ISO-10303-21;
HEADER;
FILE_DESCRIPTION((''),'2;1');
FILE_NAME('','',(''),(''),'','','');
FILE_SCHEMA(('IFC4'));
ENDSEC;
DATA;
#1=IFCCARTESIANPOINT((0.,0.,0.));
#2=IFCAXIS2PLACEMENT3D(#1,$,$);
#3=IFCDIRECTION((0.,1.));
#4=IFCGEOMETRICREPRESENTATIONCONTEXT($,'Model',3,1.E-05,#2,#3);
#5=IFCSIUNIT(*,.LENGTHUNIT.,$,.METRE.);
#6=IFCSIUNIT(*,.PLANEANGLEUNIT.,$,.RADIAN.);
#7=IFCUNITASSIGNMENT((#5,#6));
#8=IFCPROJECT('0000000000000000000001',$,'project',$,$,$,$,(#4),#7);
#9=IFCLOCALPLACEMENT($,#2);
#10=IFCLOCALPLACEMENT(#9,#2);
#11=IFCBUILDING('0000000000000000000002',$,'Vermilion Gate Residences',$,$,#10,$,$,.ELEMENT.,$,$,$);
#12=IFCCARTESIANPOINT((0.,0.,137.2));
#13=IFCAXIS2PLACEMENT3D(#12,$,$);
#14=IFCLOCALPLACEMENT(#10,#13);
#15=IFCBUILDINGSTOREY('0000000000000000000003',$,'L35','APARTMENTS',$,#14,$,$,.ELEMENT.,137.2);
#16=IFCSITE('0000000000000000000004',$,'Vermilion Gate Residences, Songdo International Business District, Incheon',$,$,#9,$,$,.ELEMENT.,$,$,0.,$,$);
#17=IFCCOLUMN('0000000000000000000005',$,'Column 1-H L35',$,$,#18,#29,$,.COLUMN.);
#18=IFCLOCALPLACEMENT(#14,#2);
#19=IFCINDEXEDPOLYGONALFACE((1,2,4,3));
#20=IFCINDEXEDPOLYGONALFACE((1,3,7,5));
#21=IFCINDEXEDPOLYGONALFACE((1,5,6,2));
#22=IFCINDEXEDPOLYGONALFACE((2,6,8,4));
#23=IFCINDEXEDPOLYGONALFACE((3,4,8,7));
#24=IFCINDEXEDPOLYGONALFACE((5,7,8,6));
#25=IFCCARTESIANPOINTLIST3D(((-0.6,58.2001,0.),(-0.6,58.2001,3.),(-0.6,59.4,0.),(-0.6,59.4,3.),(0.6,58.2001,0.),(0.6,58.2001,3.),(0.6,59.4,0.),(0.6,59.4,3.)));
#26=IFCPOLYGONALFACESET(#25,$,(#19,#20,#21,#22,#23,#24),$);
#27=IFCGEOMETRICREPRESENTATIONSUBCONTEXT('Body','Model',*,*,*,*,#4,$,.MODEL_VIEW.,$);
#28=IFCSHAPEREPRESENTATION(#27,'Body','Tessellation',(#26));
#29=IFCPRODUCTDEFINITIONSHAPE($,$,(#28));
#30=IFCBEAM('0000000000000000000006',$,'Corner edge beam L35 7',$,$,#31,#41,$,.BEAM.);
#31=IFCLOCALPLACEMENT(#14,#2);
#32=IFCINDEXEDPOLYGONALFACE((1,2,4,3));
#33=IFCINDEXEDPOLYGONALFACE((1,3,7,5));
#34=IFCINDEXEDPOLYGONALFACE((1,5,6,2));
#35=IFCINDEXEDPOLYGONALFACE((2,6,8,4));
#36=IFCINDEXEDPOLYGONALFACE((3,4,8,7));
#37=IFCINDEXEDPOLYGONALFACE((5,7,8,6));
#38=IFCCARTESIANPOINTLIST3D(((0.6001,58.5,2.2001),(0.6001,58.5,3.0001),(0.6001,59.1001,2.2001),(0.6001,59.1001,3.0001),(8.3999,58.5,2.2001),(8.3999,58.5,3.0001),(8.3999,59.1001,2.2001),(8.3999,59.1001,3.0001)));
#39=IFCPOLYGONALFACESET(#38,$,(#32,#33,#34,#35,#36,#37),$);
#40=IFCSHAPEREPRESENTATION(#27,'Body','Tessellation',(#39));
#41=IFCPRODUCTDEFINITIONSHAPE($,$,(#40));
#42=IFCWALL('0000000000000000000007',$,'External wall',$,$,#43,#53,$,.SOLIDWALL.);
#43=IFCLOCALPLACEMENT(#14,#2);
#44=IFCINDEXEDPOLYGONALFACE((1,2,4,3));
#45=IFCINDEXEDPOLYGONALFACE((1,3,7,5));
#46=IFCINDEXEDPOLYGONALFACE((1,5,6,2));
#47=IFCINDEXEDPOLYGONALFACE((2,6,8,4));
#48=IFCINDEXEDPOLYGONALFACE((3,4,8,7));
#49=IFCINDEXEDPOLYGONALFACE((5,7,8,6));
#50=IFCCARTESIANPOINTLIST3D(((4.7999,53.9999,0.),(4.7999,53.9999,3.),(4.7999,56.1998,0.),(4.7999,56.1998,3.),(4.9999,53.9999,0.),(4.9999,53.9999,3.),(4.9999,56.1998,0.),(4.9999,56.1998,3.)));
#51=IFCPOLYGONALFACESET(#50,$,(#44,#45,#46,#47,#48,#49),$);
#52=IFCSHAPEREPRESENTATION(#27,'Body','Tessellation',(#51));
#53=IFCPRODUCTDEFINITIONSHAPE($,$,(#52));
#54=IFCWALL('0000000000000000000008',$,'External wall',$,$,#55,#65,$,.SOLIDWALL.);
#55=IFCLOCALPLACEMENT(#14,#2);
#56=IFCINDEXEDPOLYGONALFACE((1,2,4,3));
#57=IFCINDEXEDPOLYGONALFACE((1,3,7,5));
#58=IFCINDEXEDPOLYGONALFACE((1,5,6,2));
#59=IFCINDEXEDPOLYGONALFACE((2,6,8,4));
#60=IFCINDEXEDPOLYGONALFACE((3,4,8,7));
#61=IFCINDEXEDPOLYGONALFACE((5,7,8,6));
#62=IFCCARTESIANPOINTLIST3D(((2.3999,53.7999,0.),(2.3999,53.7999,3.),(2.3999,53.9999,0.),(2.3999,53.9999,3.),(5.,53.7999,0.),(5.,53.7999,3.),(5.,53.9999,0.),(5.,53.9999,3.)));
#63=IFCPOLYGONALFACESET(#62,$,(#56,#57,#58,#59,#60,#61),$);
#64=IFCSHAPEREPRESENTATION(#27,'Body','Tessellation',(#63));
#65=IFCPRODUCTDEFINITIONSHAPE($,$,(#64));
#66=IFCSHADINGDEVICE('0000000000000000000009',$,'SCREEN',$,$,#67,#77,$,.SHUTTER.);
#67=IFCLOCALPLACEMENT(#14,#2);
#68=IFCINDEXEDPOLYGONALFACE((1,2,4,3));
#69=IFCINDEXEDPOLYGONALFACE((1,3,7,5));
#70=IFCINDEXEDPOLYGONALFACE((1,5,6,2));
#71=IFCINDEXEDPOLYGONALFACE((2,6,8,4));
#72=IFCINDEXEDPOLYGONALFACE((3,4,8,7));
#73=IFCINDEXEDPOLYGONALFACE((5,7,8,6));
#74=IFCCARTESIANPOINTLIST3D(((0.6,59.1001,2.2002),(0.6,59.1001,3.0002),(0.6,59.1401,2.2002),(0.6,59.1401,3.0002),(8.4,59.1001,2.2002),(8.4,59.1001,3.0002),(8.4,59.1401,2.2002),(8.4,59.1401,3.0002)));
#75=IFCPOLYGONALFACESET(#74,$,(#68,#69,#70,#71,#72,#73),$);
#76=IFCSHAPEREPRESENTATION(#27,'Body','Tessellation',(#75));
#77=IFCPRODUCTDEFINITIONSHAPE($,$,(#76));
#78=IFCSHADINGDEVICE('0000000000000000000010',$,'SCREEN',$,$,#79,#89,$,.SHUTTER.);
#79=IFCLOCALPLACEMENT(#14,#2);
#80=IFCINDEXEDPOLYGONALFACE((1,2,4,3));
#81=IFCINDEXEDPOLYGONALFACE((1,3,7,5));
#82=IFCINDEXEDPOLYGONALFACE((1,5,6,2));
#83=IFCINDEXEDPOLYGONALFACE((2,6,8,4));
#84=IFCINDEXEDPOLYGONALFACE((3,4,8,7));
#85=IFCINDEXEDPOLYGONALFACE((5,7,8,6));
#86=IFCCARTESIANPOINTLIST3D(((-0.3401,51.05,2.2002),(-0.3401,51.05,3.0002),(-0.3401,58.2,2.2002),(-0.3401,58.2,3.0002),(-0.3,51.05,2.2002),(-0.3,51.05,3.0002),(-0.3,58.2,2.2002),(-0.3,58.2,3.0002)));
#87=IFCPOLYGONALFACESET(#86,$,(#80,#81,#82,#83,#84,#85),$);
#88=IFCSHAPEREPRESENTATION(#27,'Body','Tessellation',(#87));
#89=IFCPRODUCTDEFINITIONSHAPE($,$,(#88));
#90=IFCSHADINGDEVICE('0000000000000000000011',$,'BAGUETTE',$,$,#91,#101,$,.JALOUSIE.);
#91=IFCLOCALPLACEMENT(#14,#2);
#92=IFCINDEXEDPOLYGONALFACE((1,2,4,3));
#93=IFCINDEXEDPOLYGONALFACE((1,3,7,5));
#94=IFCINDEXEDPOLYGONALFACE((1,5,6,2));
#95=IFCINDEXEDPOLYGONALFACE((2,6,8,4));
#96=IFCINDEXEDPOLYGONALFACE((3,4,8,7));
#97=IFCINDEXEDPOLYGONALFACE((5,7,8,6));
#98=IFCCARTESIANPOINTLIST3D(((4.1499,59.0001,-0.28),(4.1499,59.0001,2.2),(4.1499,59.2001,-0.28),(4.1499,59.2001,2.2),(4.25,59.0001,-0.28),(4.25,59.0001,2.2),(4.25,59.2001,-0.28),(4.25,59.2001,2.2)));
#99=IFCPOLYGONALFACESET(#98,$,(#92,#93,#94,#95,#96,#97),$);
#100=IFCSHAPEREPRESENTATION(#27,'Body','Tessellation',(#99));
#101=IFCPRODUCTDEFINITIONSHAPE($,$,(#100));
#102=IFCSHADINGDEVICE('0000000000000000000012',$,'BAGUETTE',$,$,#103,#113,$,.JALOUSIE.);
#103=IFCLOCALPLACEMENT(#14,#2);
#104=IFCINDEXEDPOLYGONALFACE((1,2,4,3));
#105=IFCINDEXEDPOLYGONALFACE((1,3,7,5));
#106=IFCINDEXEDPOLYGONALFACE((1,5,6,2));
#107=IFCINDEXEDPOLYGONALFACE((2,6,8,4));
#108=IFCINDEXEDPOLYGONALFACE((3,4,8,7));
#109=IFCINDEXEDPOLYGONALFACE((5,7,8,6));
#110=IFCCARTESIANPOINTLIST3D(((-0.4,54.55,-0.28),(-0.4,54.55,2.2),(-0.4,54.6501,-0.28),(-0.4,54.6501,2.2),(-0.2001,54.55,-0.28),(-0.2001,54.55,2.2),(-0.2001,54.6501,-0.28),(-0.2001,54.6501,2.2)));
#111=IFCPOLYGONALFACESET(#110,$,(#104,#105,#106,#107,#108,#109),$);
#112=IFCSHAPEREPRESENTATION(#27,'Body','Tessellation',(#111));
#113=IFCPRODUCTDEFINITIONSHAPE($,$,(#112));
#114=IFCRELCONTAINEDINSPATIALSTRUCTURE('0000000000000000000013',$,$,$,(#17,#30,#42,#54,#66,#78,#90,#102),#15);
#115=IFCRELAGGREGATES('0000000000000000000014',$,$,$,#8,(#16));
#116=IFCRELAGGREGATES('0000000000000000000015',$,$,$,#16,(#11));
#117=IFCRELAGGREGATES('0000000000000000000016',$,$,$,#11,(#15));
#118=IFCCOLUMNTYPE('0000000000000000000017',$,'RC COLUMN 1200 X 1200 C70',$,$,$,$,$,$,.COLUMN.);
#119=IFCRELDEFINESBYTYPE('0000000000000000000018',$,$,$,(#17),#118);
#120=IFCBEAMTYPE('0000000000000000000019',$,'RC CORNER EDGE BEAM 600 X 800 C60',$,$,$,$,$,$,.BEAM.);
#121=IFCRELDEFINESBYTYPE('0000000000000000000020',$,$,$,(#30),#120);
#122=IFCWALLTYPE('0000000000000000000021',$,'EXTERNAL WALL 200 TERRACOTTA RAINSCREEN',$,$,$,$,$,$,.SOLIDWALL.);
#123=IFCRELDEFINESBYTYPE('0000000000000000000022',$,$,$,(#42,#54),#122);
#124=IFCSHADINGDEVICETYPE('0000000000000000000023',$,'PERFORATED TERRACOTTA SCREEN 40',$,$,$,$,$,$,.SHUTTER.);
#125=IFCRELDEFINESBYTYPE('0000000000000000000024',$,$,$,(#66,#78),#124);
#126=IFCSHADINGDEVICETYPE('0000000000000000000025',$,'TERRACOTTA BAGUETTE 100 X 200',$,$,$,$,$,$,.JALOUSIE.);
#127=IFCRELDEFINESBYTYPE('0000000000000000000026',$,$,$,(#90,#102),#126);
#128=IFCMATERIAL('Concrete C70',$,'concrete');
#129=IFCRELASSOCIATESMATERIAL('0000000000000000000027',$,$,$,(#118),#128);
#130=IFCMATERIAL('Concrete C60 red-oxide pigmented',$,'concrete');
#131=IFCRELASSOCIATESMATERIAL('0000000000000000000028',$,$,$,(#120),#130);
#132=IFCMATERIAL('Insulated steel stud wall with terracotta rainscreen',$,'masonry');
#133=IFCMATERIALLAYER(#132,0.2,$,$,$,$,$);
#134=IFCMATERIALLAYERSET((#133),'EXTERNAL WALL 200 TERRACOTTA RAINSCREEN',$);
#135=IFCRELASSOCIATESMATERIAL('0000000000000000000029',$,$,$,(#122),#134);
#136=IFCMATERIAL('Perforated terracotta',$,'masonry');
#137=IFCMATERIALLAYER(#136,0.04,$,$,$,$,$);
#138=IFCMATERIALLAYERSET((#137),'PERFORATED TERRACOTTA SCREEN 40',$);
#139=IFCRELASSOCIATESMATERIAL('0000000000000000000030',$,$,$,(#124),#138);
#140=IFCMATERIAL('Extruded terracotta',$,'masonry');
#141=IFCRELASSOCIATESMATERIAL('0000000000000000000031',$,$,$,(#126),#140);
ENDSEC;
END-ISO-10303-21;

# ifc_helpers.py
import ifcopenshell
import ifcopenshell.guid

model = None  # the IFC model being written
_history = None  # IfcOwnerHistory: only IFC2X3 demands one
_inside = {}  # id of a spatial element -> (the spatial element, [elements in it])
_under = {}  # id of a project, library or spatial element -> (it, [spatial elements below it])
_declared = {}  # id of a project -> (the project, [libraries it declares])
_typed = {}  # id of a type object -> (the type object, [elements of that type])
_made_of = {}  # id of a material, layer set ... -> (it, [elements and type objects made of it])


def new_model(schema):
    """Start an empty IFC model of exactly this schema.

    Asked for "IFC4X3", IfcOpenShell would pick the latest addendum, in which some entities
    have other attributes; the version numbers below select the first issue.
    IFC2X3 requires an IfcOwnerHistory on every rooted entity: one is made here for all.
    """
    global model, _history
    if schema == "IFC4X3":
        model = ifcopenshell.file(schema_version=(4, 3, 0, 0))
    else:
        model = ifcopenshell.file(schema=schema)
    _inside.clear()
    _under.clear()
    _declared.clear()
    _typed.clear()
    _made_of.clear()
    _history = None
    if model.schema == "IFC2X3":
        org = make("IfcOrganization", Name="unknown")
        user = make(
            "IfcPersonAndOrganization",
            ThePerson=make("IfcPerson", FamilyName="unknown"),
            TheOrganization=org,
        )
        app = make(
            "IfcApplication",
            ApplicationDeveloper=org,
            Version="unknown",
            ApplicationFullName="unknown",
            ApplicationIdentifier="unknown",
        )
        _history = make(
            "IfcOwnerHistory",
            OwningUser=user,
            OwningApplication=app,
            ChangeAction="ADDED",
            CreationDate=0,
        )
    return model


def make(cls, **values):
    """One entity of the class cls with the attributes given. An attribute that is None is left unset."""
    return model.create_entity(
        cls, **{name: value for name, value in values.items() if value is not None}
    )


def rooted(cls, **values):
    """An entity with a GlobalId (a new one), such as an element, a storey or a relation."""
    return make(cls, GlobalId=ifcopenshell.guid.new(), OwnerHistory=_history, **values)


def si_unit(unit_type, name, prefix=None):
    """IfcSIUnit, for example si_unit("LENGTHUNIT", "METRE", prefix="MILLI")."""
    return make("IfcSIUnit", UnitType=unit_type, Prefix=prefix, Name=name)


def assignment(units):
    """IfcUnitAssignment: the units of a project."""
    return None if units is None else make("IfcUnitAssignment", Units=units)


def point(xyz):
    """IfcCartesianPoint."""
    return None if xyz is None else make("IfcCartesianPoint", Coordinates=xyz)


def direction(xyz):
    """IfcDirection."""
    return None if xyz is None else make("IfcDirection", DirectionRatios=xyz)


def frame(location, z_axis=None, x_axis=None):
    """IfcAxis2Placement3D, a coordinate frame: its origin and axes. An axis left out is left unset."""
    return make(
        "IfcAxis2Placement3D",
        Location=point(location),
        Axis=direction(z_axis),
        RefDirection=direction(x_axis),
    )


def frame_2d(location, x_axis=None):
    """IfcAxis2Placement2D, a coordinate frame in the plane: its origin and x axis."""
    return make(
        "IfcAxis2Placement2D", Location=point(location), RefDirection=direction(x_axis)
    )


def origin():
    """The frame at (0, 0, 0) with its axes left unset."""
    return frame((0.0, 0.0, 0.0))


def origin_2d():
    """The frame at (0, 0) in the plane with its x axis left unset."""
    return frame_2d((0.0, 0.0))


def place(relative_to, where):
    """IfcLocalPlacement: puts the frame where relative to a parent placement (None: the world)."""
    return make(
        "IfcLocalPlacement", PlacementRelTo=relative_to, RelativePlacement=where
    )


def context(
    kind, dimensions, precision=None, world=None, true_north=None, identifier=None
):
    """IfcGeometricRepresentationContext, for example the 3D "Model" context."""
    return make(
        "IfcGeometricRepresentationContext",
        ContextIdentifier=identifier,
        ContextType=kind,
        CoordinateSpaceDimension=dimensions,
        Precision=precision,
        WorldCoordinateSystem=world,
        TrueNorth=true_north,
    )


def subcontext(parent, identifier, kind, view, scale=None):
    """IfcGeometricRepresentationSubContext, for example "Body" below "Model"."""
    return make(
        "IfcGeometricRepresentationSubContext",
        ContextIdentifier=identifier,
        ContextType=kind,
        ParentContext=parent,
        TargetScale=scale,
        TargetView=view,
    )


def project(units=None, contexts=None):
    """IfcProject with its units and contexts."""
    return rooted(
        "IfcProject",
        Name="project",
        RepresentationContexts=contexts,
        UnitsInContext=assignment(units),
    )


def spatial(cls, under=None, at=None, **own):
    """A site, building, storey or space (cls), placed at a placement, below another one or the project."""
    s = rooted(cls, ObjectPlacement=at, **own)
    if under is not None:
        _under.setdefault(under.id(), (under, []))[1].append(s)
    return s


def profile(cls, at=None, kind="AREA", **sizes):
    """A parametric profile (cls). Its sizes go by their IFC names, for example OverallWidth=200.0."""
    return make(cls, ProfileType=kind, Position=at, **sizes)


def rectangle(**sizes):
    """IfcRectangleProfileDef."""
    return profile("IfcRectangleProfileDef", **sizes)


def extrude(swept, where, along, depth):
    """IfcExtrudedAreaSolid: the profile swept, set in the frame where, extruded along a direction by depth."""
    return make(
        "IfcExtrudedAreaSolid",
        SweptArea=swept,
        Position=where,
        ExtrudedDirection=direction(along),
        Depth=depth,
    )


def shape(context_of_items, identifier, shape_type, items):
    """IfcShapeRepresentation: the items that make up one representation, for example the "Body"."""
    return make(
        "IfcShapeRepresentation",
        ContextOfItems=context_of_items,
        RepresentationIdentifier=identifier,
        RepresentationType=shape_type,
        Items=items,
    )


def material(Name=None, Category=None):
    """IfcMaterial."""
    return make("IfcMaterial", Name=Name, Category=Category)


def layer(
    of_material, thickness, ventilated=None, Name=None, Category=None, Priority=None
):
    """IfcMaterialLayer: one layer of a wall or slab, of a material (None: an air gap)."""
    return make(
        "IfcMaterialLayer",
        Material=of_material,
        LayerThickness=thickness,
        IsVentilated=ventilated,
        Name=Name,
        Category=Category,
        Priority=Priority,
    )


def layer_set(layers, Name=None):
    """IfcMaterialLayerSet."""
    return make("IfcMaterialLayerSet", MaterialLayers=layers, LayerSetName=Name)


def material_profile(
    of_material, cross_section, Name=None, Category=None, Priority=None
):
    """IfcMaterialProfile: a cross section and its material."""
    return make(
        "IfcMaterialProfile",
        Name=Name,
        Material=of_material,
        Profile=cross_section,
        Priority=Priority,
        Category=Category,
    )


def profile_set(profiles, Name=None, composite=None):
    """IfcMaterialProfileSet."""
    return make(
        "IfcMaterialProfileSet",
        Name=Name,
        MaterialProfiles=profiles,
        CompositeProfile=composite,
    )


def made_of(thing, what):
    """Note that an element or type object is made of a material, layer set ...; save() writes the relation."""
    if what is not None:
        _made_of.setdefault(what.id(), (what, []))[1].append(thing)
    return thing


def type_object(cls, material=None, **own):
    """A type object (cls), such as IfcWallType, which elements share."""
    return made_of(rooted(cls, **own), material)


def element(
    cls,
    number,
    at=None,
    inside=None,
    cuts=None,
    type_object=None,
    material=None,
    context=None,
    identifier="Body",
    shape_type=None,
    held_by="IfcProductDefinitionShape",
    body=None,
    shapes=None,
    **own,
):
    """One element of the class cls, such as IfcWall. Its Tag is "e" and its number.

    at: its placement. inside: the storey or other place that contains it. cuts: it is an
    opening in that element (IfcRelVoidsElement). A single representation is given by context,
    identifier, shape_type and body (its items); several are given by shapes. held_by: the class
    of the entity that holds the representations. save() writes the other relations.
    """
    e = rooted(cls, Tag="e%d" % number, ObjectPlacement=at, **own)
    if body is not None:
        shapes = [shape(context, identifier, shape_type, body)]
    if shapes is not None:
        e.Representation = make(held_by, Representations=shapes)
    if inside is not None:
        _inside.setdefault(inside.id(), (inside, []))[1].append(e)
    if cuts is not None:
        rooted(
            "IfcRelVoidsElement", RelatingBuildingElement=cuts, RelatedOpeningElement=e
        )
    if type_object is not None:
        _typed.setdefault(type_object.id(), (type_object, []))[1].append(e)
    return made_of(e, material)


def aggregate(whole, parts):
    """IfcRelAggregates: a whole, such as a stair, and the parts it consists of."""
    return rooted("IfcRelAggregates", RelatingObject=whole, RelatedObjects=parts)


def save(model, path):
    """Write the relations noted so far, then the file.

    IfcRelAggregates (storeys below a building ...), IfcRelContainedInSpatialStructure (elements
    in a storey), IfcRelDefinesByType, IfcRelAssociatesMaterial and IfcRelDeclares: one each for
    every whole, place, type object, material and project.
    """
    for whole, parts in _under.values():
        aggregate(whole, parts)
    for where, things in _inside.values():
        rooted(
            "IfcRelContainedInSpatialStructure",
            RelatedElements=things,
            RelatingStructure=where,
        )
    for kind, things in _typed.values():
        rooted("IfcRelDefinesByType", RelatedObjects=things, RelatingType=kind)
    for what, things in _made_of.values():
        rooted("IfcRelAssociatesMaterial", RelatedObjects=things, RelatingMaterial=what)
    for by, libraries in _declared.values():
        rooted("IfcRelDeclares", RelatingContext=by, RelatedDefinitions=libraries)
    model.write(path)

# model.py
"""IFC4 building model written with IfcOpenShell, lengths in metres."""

from ifc_helpers import new_model, si_unit, direction, frame, frame_2d, origin, origin_2d, place, context, subcontext, project, spatial, rectangle, extrude, material, layer, layer_set, material_profile, profile_set, type_object, element, save


model = new_model("IFC4")

# Units and contexts
model_context = context("Model", 3, precision=1e-05, world=origin(), true_north=direction((0.0, 1.0)))
body_context = subcontext(model_context, "Body", "Model", "MODEL_VIEW")
ifc_project = project(units=[si_unit("LENGTHUNIT", "METRE"), si_unit("PLANEANGLEUNIT", "RADIAN")], contexts=[model_context])

# Site, building, storey
site_placement = place(None, origin())
site = spatial("IfcSite", under=ifc_project, at=site_placement, Name="Vermilion Gate Residences, Songdo International Business District, Incheon", CompositionType="ELEMENT", RefElevation=0.0)
building_placement = place(site_placement, origin())
building = spatial("IfcBuilding", under=site, at=building_placement, Name="Vermilion Gate Residences", CompositionType="ELEMENT")
storey_placement = place(building_placement, frame((0.0, 0.0, 137.2)))
storey = spatial("IfcBuildingStorey", under=building, at=storey_placement, Name="L35", Description="APARTMENTS", CompositionType="ELEMENT", Elevation=137.2)

# Column
ifc_material_1 = material(Name="Concrete C70", Category="concrete")
ifc_material_profile_1 = material_profile(ifc_material_1, rectangle(XDim=1.2, YDim=1.2, at=origin_2d()), Name="RC-1200x1200")
ifc_profile_set_1 = profile_set([ifc_material_profile_1], Name="Concrete C70")
column_type = type_object("IfcColumnType", Name="RC COLUMN 1200 X 1200 C70", PredefinedType="COLUMN", material=ifc_profile_set_1)
column_placement = place(storey_placement, frame((0.0, 58.8, 0.0), z_axis=(0.0, 0.0, 1.0), x_axis=(1.0, 0.0, 0.0)))
element("IfcColumn", 1, at=column_placement, inside=storey, type_object=column_type, Name="Column 1-H L35", PredefinedType="COLUMN", context=body_context, shape_type="SweptSolid", body=[
    extrude(rectangle(XDim=1.2, YDim=1.2, at=origin_2d()), origin(), (0.0, 0.0, 1.0), 3.0),
])

# Beam
ifc_material_2 = material(Name="Concrete C60 red-oxide pigmented", Category="concrete")
ifc_material_profile_2 = material_profile(ifc_material_2, rectangle(XDim=0.6001, YDim=0.8, at=origin_2d()), Name="RC-600x800")
ifc_profile_set_2 = profile_set([ifc_material_profile_2], Name="Concrete C60 red-oxide pigmented")
beam_type = type_object("IfcBeamType", Name="RC CORNER EDGE BEAM 600 X 800 C60", PredefinedType="BEAM", material=ifc_profile_set_2)
beam_placement = place(storey_placement, frame((0.6001, 58.8, 2.6001), z_axis=(1.0, 0.0, 0.0), x_axis=(0.0, 1.0, 0.0)))
element("IfcBeam", 2, at=beam_placement, inside=storey, type_object=beam_type, Name="Corner edge beam L35 7", PredefinedType="BEAM", context=body_context, shape_type="SweptSolid", body=[
    extrude(rectangle(XDim=0.6001, YDim=0.8, at=origin_2d()), origin(), (0.0, 0.0, 1.0), 7.7998),
])

# Walls
ifc_material_3 = material(Name="Insulated steel stud wall with terracotta rainscreen", Category="masonry")
ifc_layer_1 = layer(ifc_material_3, 0.2)
ifc_layer_set_1 = layer_set([ifc_layer_1], Name="EXTERNAL WALL 200 TERRACOTTA RAINSCREEN")
wall_type = type_object("IfcWallType", Name="EXTERNAL WALL 200 TERRACOTTA RAINSCREEN", PredefinedType="SOLIDWALL", material=ifc_layer_set_1)
wall_1_placement = place(storey_placement, frame((4.8999, 56.2, 0.0), z_axis=(0.0, 0.0, 1.0), x_axis=(0.0, -1.0, 0.0)))
element("IfcWall", 3, at=wall_1_placement, inside=storey, type_object=wall_type, Name="External wall", PredefinedType="SOLIDWALL", context=body_context, shape_type="SweptSolid", body=[
    extrude(rectangle(XDim=2.2, YDim=0.2, at=frame_2d((1.1001, 0.0))), origin(), (0.0, 0.0, 1.0), 3.0),
])
wall_2_placement = place(storey_placement, frame((5.0, 53.8999, 0.0), z_axis=(0.0, 0.0, 1.0), x_axis=(-1.0, 0.0, 0.0)))
element("IfcWall", 4, at=wall_2_placement, inside=storey, type_object=wall_type, Name="External wall", PredefinedType="SOLIDWALL", context=body_context, shape_type="SweptSolid", body=[
    extrude(rectangle(XDim=2.6001, YDim=0.2, at=frame_2d((1.3, 0.0))), origin(), (0.0, 0.0, 1.0), 3.0),
])

# Shading devices
ifc_material_4 = material(Name="Perforated terracotta", Category="masonry")
ifc_layer_2 = layer(ifc_material_4, 0.04)
ifc_layer_set_2 = layer_set([ifc_layer_2], Name="PERFORATED TERRACOTTA SCREEN 40")
shading_device_type_1 = type_object("IfcShadingDeviceType", Name="PERFORATED TERRACOTTA SCREEN 40", PredefinedType="SHUTTER", material=ifc_layer_set_2)
shading_device_1_placement = place(storey_placement, frame((4.5, 59.1201, 2.2002), z_axis=(0.0, 0.0, 1.0), x_axis=(-1.0, 0.0, 0.0)))
element("IfcShadingDevice", 5, at=shading_device_1_placement, inside=storey, type_object=shading_device_type_1, Name="SCREEN", PredefinedType="SHUTTER", context=body_context, shape_type="SweptSolid", body=[
    extrude(rectangle(XDim=7.8, YDim=0.04, at=origin_2d()), origin(), (0.0, 0.0, 1.0), 0.8),
])
shading_device_2_placement = place(storey_placement, frame((-0.3201, 54.625, 2.2002), z_axis=(0.0, 0.0, 1.0), x_axis=(0.0, -1.0, 0.0)))
element("IfcShadingDevice", 6, at=shading_device_2_placement, inside=storey, type_object=shading_device_type_1, Name="SCREEN", PredefinedType="SHUTTER", context=body_context, shape_type="SweptSolid", body=[
    extrude(rectangle(XDim=7.1499, YDim=0.04, at=origin_2d()), origin(), (0.0, 0.0, 1.0), 0.8),
])
ifc_material_5 = material(Name="Extruded terracotta", Category="masonry")
ifc_material_profile_3 = material_profile(ifc_material_5, rectangle(XDim=0.2, YDim=0.1001, at=origin_2d()), Name="BAGUETTE 100 X 200")
ifc_profile_set_3 = profile_set([ifc_material_profile_3], Name="Extruded terracotta")
shading_device_type_2 = type_object("IfcShadingDeviceType", Name="TERRACOTTA BAGUETTE 100 X 200", PredefinedType="JALOUSIE", material=ifc_profile_set_3)
for number, where, z_axis, x_axis, name in (
    (7, (4.2, 59.1001, -0.28), (0.0, 0.0, 1.0), (0.0, -1.0, 0.0), "BAGUETTE"),
    (8, (-0.3, 54.6001, -0.28), (0.0, 0.0, 1.0), (1.0, 0.0, 0.0), "BAGUETTE"),
):
    element("IfcShadingDevice", number, at=place(storey_placement, frame(where, z_axis=z_axis, x_axis=x_axis)), inside=storey, type_object=shading_device_type_2, Name=name, PredefinedType="JALOUSIE", context=body_context, shape_type="SweptSolid", body=[
        extrude(rectangle(XDim=0.2, YDim=0.1001, at=origin_2d()), origin(), (0.0, 0.0, 1.0), 2.48),
    ])

save(model, "model.ifc")
